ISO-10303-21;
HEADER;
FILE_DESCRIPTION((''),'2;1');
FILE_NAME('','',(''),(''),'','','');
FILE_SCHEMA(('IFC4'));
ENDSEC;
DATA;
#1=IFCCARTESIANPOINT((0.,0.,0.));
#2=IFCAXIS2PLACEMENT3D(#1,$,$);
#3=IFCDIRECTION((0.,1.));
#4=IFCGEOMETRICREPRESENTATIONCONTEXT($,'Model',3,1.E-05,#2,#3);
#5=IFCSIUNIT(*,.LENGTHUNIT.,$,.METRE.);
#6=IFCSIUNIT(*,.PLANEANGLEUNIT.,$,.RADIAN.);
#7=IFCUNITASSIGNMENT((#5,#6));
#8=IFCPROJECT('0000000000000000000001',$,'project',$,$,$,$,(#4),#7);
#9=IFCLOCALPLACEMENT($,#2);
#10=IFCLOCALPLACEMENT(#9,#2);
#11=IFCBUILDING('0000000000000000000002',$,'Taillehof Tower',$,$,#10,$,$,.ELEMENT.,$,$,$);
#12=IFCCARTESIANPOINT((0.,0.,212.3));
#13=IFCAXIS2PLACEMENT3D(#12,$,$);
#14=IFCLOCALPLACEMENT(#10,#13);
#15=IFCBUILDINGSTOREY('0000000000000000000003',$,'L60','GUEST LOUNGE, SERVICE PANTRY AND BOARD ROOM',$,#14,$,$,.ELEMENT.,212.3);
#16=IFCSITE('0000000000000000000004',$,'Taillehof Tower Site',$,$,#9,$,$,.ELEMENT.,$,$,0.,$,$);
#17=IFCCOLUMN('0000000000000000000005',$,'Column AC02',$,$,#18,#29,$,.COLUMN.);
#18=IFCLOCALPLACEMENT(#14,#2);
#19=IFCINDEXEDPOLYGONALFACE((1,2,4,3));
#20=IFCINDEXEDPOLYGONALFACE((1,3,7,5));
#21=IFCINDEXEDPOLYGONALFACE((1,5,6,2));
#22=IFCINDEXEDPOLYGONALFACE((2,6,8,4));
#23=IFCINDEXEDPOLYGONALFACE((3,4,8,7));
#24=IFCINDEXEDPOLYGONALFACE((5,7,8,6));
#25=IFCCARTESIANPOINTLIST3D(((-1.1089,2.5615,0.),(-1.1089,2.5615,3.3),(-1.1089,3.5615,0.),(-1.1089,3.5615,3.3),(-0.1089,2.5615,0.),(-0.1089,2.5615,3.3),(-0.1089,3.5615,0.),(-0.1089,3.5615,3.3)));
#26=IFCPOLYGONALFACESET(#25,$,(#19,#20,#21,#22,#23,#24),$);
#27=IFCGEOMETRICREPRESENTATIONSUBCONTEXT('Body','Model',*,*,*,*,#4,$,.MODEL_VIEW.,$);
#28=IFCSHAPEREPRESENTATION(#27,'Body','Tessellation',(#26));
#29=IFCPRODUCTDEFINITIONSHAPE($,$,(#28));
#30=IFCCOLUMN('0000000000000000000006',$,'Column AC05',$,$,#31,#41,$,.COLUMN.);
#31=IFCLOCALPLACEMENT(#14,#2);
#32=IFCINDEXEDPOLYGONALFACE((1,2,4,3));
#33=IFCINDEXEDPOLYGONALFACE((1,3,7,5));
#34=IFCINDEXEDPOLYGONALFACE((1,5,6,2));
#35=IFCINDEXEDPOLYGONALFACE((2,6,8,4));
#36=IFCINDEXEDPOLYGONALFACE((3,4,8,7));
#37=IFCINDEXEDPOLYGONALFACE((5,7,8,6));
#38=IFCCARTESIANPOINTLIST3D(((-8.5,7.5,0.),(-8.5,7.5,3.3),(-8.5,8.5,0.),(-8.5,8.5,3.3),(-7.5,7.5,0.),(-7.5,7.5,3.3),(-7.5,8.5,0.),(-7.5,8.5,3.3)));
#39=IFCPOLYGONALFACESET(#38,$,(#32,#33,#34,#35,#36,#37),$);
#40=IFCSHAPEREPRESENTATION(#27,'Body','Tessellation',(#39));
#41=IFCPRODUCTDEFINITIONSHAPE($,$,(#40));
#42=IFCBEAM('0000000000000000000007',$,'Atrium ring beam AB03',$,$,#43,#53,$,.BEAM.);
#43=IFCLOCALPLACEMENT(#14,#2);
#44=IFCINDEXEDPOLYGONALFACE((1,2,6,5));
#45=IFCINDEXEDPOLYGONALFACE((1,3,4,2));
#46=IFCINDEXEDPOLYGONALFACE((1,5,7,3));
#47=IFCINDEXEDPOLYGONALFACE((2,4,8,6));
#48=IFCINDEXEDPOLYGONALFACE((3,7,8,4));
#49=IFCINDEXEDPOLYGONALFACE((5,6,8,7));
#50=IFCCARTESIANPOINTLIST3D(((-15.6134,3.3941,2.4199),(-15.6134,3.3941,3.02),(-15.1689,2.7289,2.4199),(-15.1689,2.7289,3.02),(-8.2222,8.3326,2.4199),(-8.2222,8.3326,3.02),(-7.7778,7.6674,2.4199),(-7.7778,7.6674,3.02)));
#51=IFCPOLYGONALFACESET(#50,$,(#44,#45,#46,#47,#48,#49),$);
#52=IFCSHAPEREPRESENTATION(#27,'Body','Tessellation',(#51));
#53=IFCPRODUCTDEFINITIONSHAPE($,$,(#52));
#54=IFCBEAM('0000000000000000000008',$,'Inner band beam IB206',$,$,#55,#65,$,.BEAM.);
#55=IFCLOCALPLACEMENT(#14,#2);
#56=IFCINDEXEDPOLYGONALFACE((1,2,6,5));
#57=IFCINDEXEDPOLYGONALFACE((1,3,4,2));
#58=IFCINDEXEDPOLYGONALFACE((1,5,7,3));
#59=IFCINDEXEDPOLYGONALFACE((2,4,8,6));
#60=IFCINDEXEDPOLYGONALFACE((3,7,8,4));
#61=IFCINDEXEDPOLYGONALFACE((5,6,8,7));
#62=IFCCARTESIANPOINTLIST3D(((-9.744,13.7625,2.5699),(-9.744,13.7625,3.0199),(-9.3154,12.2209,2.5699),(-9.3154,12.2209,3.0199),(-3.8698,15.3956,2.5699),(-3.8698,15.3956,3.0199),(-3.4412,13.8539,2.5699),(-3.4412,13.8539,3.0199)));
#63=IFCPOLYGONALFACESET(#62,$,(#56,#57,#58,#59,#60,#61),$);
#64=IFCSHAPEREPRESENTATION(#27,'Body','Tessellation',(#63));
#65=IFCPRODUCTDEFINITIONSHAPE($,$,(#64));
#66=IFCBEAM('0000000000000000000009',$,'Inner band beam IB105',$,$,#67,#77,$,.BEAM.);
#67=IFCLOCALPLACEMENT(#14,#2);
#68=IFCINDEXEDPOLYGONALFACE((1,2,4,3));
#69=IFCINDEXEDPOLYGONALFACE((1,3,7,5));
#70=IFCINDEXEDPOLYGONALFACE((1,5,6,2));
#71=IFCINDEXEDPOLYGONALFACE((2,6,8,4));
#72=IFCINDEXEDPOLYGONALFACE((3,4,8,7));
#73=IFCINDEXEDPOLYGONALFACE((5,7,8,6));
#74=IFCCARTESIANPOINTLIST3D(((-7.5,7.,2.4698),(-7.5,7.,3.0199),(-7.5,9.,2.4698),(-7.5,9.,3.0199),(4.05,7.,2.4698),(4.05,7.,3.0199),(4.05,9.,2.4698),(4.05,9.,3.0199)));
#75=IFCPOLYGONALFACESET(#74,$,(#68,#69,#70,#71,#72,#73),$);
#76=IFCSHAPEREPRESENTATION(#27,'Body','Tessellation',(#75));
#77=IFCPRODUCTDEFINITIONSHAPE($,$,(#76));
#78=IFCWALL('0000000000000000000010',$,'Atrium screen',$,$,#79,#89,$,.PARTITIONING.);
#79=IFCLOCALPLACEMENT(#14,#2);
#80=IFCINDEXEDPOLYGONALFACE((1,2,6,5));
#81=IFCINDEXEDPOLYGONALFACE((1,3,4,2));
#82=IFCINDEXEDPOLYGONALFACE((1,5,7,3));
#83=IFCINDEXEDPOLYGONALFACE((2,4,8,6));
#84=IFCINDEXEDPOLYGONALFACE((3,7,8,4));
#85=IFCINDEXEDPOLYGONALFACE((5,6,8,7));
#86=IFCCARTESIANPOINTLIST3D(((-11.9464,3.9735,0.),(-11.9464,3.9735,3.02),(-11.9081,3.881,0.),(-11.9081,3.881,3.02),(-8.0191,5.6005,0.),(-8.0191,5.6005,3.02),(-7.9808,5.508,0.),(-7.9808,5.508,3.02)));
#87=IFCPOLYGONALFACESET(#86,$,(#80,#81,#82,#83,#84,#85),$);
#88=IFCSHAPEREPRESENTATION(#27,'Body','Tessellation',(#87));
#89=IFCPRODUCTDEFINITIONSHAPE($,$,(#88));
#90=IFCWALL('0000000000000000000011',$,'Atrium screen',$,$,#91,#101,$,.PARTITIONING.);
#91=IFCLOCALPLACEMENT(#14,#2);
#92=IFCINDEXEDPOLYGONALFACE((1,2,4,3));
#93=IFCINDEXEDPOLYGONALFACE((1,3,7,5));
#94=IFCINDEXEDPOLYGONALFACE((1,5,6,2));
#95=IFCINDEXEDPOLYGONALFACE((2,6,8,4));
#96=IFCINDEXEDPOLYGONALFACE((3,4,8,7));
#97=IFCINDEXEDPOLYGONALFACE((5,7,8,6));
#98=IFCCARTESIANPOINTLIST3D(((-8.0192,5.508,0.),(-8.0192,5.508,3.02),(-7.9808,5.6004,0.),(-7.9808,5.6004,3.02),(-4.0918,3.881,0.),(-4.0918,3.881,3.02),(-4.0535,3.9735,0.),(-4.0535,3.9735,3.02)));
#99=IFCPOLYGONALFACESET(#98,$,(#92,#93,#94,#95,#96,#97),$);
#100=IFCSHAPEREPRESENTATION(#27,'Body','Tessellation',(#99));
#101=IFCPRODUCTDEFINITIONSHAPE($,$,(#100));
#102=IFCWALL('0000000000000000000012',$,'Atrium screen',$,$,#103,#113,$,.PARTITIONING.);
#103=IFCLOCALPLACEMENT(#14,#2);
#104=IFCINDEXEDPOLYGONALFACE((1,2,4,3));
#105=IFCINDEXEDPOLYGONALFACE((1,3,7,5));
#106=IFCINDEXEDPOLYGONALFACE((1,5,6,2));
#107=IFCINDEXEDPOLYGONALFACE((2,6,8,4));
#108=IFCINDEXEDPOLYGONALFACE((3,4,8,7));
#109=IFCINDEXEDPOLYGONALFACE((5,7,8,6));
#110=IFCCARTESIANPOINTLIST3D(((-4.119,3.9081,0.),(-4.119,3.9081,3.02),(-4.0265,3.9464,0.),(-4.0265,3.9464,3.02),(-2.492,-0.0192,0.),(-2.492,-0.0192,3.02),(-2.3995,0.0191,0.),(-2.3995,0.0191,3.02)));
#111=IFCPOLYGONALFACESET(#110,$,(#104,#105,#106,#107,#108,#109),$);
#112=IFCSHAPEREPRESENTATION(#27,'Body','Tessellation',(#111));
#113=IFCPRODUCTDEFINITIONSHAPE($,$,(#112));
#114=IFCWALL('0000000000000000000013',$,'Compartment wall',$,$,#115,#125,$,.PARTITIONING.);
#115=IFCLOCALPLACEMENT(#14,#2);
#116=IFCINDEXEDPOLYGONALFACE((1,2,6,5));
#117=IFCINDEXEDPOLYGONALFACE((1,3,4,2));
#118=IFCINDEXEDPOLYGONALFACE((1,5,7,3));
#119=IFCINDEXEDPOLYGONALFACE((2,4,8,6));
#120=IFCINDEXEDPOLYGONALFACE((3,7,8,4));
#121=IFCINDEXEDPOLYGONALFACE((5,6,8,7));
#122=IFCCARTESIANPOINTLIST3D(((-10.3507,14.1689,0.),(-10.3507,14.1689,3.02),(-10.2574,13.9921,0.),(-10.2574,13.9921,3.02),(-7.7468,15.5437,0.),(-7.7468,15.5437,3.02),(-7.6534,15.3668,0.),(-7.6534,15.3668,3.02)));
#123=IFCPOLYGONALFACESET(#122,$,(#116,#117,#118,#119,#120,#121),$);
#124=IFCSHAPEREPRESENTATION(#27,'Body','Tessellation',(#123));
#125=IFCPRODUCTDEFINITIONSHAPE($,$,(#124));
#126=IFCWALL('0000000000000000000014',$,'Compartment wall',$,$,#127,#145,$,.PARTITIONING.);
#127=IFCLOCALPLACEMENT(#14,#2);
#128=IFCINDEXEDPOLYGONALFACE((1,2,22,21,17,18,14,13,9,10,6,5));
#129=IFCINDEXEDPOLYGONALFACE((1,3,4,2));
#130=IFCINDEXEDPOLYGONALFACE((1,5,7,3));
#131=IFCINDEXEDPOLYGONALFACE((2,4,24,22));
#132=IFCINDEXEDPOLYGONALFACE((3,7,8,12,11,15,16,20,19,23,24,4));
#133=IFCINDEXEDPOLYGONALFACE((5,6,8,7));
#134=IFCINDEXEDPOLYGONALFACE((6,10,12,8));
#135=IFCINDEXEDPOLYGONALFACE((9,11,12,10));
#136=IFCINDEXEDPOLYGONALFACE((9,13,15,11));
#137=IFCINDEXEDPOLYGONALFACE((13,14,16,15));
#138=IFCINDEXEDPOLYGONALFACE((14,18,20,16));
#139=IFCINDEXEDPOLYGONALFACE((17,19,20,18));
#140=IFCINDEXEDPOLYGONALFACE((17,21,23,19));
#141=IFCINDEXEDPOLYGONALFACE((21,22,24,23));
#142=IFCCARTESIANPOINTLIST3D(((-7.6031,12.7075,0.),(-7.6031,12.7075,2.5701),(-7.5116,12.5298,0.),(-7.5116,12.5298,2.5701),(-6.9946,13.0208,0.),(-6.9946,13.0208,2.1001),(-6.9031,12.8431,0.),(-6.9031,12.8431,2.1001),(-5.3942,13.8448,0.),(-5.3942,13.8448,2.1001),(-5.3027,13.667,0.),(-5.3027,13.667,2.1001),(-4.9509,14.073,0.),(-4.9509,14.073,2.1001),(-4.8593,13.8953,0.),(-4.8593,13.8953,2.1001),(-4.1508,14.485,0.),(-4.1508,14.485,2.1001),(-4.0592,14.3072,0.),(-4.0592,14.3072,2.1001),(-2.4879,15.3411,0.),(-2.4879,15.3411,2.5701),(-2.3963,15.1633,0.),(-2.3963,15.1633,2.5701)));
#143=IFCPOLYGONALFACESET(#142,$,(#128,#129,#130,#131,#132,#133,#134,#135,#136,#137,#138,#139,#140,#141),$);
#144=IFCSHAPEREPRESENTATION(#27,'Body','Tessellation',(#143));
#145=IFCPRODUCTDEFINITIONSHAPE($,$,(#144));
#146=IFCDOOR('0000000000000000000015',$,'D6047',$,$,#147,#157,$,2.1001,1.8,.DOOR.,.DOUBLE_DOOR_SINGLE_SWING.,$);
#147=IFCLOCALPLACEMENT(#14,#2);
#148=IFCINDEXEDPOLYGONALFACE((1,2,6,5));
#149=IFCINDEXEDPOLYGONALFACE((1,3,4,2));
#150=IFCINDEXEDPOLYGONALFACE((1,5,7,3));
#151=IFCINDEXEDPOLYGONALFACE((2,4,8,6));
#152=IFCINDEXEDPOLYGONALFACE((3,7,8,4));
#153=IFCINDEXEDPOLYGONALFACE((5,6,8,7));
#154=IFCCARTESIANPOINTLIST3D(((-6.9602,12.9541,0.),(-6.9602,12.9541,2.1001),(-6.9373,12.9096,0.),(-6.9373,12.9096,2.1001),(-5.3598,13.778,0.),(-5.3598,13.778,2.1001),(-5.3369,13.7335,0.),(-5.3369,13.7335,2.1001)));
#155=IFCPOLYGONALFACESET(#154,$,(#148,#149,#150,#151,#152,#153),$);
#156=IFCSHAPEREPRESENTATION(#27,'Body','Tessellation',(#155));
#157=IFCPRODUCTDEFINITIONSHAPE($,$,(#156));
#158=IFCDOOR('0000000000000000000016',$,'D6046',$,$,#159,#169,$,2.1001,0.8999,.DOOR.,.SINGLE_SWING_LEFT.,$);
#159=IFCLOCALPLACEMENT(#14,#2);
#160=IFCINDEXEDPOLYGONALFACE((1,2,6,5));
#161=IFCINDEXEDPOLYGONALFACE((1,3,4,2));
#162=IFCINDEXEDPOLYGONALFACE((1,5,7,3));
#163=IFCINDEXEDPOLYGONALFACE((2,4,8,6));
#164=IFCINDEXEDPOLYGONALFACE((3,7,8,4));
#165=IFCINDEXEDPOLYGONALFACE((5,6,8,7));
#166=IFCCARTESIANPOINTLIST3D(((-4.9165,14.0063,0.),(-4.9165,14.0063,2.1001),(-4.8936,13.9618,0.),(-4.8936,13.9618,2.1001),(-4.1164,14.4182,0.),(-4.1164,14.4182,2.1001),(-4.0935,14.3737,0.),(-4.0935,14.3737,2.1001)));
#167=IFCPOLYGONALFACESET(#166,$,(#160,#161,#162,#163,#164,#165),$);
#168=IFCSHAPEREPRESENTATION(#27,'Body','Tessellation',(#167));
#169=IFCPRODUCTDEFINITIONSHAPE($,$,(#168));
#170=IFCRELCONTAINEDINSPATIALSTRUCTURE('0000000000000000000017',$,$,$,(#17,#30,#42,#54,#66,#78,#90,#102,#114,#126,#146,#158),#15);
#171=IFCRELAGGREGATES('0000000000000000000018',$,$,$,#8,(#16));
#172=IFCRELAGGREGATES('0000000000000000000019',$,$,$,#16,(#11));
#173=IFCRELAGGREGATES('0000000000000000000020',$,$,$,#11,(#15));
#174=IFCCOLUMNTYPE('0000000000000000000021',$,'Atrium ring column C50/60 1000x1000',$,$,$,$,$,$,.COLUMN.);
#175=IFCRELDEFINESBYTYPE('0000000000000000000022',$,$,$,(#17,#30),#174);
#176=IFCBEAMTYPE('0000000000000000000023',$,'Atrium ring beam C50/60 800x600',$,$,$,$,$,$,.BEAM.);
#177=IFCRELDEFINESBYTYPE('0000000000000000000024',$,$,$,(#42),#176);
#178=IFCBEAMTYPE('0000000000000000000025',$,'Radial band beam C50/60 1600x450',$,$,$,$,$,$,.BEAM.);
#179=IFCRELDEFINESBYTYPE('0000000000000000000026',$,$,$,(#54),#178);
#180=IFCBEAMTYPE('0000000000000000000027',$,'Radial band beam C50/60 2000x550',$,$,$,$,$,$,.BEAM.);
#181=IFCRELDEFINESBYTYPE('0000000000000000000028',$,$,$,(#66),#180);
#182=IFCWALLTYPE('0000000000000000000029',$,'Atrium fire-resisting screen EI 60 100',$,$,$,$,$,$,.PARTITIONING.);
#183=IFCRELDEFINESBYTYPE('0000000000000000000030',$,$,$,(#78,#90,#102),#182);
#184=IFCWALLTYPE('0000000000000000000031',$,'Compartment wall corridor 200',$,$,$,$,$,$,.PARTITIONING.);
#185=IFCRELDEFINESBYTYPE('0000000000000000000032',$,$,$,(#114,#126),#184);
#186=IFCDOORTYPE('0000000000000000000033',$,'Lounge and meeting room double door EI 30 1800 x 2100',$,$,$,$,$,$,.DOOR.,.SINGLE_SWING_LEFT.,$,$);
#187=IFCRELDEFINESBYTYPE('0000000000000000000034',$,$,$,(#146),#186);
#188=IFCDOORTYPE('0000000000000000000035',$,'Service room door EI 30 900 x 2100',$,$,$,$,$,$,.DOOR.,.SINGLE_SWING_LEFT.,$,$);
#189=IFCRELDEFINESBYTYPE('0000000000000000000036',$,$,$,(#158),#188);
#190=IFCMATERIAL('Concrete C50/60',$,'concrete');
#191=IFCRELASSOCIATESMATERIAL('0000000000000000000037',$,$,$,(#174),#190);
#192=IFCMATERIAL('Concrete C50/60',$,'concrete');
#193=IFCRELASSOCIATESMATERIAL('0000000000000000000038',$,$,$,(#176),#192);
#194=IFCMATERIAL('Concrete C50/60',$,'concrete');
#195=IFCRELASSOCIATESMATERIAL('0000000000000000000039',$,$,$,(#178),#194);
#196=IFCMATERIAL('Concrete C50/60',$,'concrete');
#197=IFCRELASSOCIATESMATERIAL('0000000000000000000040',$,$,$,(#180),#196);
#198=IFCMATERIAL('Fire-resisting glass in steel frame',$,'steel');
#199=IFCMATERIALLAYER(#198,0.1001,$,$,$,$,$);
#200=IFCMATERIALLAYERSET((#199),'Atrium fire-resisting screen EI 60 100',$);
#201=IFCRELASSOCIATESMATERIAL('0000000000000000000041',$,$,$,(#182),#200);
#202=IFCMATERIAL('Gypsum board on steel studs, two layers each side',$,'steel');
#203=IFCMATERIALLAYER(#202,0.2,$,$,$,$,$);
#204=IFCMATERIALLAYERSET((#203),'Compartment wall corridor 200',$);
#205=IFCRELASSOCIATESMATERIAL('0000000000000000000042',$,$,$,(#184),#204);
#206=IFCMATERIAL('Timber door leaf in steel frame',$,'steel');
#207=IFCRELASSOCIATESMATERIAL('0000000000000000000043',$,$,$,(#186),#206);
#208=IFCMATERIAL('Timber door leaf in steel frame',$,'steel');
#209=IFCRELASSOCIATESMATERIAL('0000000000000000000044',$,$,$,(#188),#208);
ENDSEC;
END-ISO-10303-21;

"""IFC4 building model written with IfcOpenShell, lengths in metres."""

from ifc_helpers import new_model, si_unit, direction, frame, frame_2d, origin, origin_2d, place, context, subcontext, project, spatial, rectangle, extrude, material, layer, layer_set, material_profile, profile_set, type_object, element, fill, save


model = new_model("IFC4")

# Units and contexts
model_context = context("Model", 3, precision=1e-05, world=origin(), true_north=direction((0.0, 1.0)))
body_context = subcontext(model_context, "Body", "Model", "MODEL_VIEW")
ifc_project = project(units=[si_unit("LENGTHUNIT", "METRE"), si_unit("PLANEANGLEUNIT", "RADIAN")], contexts=[model_context])

# Site, building, storey
site_placement = place(None, origin())
site = spatial("IfcSite", under=ifc_project, at=site_placement, Name="Taillehof Tower Site", CompositionType="ELEMENT", RefElevation=0.0)
building_placement = place(site_placement, origin())
building = spatial("IfcBuilding", under=site, at=building_placement, Name="Taillehof Tower", CompositionType="ELEMENT")
storey_placement = place(building_placement, frame((0.0, 0.0, 212.3)))
storey = spatial("IfcBuildingStorey", under=building, at=storey_placement, Name="L60", Description="GUEST LOUNGE, SERVICE PANTRY AND BOARD ROOM", CompositionType="ELEMENT", Elevation=212.3)

# Columns
ifc_material_1 = material(Name="Concrete C50/60", Category="concrete")
ifc_material_profile_1 = material_profile(ifc_material_1, rectangle(XDim=1.0, YDim=1.0, at=origin_2d()), Name="RC 1000x1000")
ifc_profile_set_1 = profile_set([ifc_material_profile_1], Name="Concrete C50/60")
column_type = type_object("IfcColumnType", Name="Atrium ring column C50/60 1000x1000", PredefinedType="COLUMN", material=ifc_profile_set_1)
for number, where, z_axis, x_axis, name in (
    (1, (-0.6089, 3.0615, 0.0), (0.0, 0.0, 1.0), (1.0, 0.0, 0.0), "Column AC02"),
    (2, (-8.0, 8.0, 0.0), (0.0, 0.0, 1.0), (1.0, 0.0, 0.0), "Column AC05"),
):
    element("IfcColumn", number, at=place(storey_placement, frame(where, z_axis=z_axis, x_axis=x_axis)), inside=storey, type_object=column_type, Name=name, PredefinedType="COLUMN", context=body_context, shape_type="SweptSolid", body=[
        extrude(rectangle(XDim=1.0, YDim=1.0, at=origin_2d()), origin(), (0.0, 0.0, 1.0), 3.3),
    ])

# Beams
ifc_material_2 = material(Name="Concrete C50/60", Category="concrete")
ifc_material_profile_2 = material_profile(ifc_material_2, rectangle(XDim=0.8, YDim=0.6001, at=origin_2d()), Name="RC 800x600")
ifc_profile_set_2 = profile_set([ifc_material_profile_2], Name="Concrete C50/60")
beam_type_1 = type_object("IfcBeamType", Name="Atrium ring beam C50/60 800x600", PredefinedType="BEAM", material=ifc_profile_set_2)
beam_1_placement = place(storey_placement, frame((-8.0, 8.0, 2.72), z_axis=(-0.831475, -0.555562, 0.0), x_axis=(0.555562, -0.831475, 0.0)))
element("IfcBeam", 3, at=beam_1_placement, inside=storey, type_object=beam_type_1, Name="Atrium ring beam AB03", PredefinedType="BEAM", context=body_context, shape_type="SweptSolid", body=[
    extrude(rectangle(XDim=0.8, YDim=0.6001, at=origin_2d()), origin(), (0.0, 0.0, 1.0), 8.8892),
])
ifc_material_3 = material(Name="Concrete C50/60", Category="concrete")
ifc_material_profile_3 = material_profile(ifc_material_3, rectangle(XDim=1.6001, YDim=0.45, at=origin_2d()), Name="RC 1600x450")
ifc_profile_set_3 = profile_set([ifc_material_profile_3], Name="Concrete C50/60")
beam_type_2 = type_object("IfcBeamType", Name="Radial band beam C50/60 1600x450", PredefinedType="BEAM", material=ifc_profile_set_3)
beam_2_placement = place(storey_placement, frame((-3.6555, 14.6248, 2.7949), z_axis=(-0.963459, -0.267855, 0.0), x_axis=(0.267855, -0.963459, 0.0)))
element("IfcBeam", 4, at=beam_2_placement, inside=storey, type_object=beam_type_2, Name="Inner band beam IB206", PredefinedType="BEAM", context=body_context, shape_type="SweptSolid", body=[
    extrude(rectangle(XDim=1.6001, YDim=0.45, at=origin_2d()), origin(), (0.0, 0.0, 1.0), 6.0969),
])
ifc_material_4 = material(Name="Concrete C50/60", Category="concrete")
ifc_material_profile_4 = material_profile(ifc_material_4, rectangle(XDim=2.0, YDim=0.55, at=origin_2d()), Name="RC 2000x550")
ifc_profile_set_4 = profile_set([ifc_material_profile_4], Name="Concrete C50/60")
beam_type_3 = type_object("IfcBeamType", Name="Radial band beam C50/60 2000x550", PredefinedType="BEAM", material=ifc_profile_set_4)
beam_3_placement = place(storey_placement, frame((-7.5, 8.0, 2.7449), z_axis=(1.0, 0.0, 0.0), x_axis=(0.0, 1.0, 0.0)))
element("IfcBeam", 5, at=beam_3_placement, inside=storey, type_object=beam_type_3, Name="Inner band beam IB105", PredefinedType="BEAM", context=body_context, shape_type="SweptSolid", body=[
    extrude(rectangle(XDim=2.0, YDim=0.55, at=origin_2d()), origin(), (0.0, 0.0, 1.0), 11.55),
])

# Walls
ifc_material_5 = material(Name="Fire-resisting glass in steel frame", Category="steel")
ifc_layer_1 = layer(ifc_material_5, 0.1001)
ifc_layer_set_1 = layer_set([ifc_layer_1], Name="Atrium fire-resisting screen EI 60 100")
wall_type_1 = type_object("IfcWallType", Name="Atrium fire-resisting screen EI 60 100", PredefinedType="PARTITIONING", material=ifc_layer_set_1)
for number, where, z_axis, x_axis, name in (
    (6, (-11.9272, 3.9272, 0.0), (0.0, 0.0, 1.0), (0.92386, 0.382731, 0.0), "Atrium screen"),
    (7, (-8.0, 5.5542, 0.0), (0.0, 0.0, 1.0), (0.92386, -0.382731, 0.0), "Atrium screen"),
    (8, (-4.0728, 3.9272, 0.0), (0.0, 0.0, 1.0), (0.382731, -0.92386, 0.0), "Atrium screen"),
):
    element("IfcWall", number, at=place(storey_placement, frame(where, z_axis=z_axis, x_axis=x_axis)), inside=storey, type_object=wall_type_1, Name=name, PredefinedType="PARTITIONING", context=body_context, shape_type="SweptSolid", body=[
        extrude(rectangle(XDim=4.251, YDim=0.1001, at=frame_2d((2.1255, 0.0))), origin(), (0.0, 0.0, 1.0), 3.02),
    ])
ifc_material_6 = material(Name="Gypsum board on steel studs, two layers each side", Category="steel")
ifc_layer_2 = layer(ifc_material_6, 0.2)
ifc_layer_set_2 = layer_set([ifc_layer_2], Name="Compartment wall corridor 200")
wall_type_2 = type_object("IfcWallType", Name="Compartment wall corridor 200", PredefinedType="PARTITIONING", material=ifc_layer_set_2)
wall_1_placement = place(storey_placement, frame((-10.304, 14.0806, 0.0), z_axis=(0.0, 0.0, 1.0), x_axis=(0.884326, 0.46687, 0.0)))
element("IfcWall", 9, at=wall_1_placement, inside=storey, type_object=wall_type_2, Name="Compartment wall", PredefinedType="PARTITIONING", context=body_context, shape_type="SweptSolid", body=[
    extrude(rectangle(XDim=2.9446, YDim=0.2, at=frame_2d((1.4722, 0.0))), origin(), (0.0, 0.0, 1.0), 3.02),
])

# Wall, openings, doors
wall_2_placement = place(storey_placement, frame((-7.5574, 12.6187, 0.0), z_axis=(0.0, 0.0, 1.0), x_axis=(0.889086, 0.45774, 0.0)))
wall_2 = element("IfcWall", 10, at=wall_2_placement, inside=storey, type_object=wall_type_2, Name="Compartment wall", PredefinedType="PARTITIONING", context=body_context, shape_type="SweptSolid", body=[
    extrude(rectangle(XDim=5.7534, YDim=0.2, at=frame_2d((2.8767, 0.0))), origin(), (0.0, 0.0, 1.0), 2.5701),
])
opening_1_placement = place(wall_2_placement, frame((2.9832, 0.0, 0.0)))
opening_1 = element("IfcOpeningElement", 11, at=opening_1_placement, cuts=wall_2, PredefinedType="OPENING", context=body_context, shape_type="SweptSolid", body=[
    extrude(rectangle(XDim=0.8999, YDim=2.1001, at=frame_2d((0.45, 1.05))), frame((0.0, 0.1099, 0.0), z_axis=(0.0, -1.0, 0.0), x_axis=(1.0, 0.0, 0.0)), (0.0, 0.0, 1.0), 0.22),
])
opening_2_placement = place(wall_2_placement, frame((0.6846, 0.0, 0.0)))
opening_2 = element("IfcOpeningElement", 12, at=opening_2_placement, cuts=wall_2, PredefinedType="OPENING", context=body_context, shape_type="SweptSolid", body=[
    extrude(rectangle(XDim=1.8, YDim=2.1001, at=frame_2d((0.8999, 1.05))), frame((0.0, 0.1099, 0.0), z_axis=(0.0, -1.0, 0.0), x_axis=(1.0, 0.0, 0.0)), (0.0, 0.0, 1.0), 0.22),
])
ifc_material_7 = material(Name="Timber door leaf in steel frame", Category="steel")
door_type_1 = type_object("IfcDoorType", Name="Lounge and meeting room double door EI 30 1800 x 2100", OperationType="SINGLE_SWING_LEFT", PredefinedType="DOOR", material=ifc_material_7)
door_1_placement = place(opening_2_placement, origin())
door_1 = element("IfcDoor", 13, at=door_1_placement, inside=storey, type_object=door_type_1, Name="D6047", OperationType="DOUBLE_DOOR_SINGLE_SWING", OverallHeight=2.1001, OverallWidth=1.8, PredefinedType="DOOR", context=body_context, shape_type="SweptSolid", body=[
    extrude(rectangle(XDim=1.8, YDim=2.1001, at=frame_2d((0.8999, 1.05))), frame((0.0, 0.0249, 0.0), z_axis=(0.0, -1.0, 0.0), x_axis=(1.0, 0.0, 0.0)), (0.0, 0.0, 1.0), 0.05),
])
fill(opening_2, door_1)
ifc_material_8 = material(Name="Timber door leaf in steel frame", Category="steel")
door_type_2 = type_object("IfcDoorType", Name="Service room door EI 30 900 x 2100", OperationType="SINGLE_SWING_LEFT", PredefinedType="DOOR", material=ifc_material_8)
door_2_placement = place(opening_1_placement, origin())
door_2 = element("IfcDoor", 14, at=door_2_placement, inside=storey, type_object=door_type_2, Name="D6046", OperationType="SINGLE_SWING_LEFT", OverallHeight=2.1001, OverallWidth=0.8999, PredefinedType="DOOR", context=body_context, shape_type="SweptSolid", body=[
    extrude(rectangle(XDim=0.8999, YDim=2.1001, at=frame_2d((0.45, 1.05))), frame((0.0, 0.0249, 0.0), z_axis=(0.0, -1.0, 0.0), x_axis=(1.0, 0.0, 0.0)), (0.0, 0.0, 1.0), 0.05),
])
fill(opening_1, door_2)

save(model, "model.ifc")
